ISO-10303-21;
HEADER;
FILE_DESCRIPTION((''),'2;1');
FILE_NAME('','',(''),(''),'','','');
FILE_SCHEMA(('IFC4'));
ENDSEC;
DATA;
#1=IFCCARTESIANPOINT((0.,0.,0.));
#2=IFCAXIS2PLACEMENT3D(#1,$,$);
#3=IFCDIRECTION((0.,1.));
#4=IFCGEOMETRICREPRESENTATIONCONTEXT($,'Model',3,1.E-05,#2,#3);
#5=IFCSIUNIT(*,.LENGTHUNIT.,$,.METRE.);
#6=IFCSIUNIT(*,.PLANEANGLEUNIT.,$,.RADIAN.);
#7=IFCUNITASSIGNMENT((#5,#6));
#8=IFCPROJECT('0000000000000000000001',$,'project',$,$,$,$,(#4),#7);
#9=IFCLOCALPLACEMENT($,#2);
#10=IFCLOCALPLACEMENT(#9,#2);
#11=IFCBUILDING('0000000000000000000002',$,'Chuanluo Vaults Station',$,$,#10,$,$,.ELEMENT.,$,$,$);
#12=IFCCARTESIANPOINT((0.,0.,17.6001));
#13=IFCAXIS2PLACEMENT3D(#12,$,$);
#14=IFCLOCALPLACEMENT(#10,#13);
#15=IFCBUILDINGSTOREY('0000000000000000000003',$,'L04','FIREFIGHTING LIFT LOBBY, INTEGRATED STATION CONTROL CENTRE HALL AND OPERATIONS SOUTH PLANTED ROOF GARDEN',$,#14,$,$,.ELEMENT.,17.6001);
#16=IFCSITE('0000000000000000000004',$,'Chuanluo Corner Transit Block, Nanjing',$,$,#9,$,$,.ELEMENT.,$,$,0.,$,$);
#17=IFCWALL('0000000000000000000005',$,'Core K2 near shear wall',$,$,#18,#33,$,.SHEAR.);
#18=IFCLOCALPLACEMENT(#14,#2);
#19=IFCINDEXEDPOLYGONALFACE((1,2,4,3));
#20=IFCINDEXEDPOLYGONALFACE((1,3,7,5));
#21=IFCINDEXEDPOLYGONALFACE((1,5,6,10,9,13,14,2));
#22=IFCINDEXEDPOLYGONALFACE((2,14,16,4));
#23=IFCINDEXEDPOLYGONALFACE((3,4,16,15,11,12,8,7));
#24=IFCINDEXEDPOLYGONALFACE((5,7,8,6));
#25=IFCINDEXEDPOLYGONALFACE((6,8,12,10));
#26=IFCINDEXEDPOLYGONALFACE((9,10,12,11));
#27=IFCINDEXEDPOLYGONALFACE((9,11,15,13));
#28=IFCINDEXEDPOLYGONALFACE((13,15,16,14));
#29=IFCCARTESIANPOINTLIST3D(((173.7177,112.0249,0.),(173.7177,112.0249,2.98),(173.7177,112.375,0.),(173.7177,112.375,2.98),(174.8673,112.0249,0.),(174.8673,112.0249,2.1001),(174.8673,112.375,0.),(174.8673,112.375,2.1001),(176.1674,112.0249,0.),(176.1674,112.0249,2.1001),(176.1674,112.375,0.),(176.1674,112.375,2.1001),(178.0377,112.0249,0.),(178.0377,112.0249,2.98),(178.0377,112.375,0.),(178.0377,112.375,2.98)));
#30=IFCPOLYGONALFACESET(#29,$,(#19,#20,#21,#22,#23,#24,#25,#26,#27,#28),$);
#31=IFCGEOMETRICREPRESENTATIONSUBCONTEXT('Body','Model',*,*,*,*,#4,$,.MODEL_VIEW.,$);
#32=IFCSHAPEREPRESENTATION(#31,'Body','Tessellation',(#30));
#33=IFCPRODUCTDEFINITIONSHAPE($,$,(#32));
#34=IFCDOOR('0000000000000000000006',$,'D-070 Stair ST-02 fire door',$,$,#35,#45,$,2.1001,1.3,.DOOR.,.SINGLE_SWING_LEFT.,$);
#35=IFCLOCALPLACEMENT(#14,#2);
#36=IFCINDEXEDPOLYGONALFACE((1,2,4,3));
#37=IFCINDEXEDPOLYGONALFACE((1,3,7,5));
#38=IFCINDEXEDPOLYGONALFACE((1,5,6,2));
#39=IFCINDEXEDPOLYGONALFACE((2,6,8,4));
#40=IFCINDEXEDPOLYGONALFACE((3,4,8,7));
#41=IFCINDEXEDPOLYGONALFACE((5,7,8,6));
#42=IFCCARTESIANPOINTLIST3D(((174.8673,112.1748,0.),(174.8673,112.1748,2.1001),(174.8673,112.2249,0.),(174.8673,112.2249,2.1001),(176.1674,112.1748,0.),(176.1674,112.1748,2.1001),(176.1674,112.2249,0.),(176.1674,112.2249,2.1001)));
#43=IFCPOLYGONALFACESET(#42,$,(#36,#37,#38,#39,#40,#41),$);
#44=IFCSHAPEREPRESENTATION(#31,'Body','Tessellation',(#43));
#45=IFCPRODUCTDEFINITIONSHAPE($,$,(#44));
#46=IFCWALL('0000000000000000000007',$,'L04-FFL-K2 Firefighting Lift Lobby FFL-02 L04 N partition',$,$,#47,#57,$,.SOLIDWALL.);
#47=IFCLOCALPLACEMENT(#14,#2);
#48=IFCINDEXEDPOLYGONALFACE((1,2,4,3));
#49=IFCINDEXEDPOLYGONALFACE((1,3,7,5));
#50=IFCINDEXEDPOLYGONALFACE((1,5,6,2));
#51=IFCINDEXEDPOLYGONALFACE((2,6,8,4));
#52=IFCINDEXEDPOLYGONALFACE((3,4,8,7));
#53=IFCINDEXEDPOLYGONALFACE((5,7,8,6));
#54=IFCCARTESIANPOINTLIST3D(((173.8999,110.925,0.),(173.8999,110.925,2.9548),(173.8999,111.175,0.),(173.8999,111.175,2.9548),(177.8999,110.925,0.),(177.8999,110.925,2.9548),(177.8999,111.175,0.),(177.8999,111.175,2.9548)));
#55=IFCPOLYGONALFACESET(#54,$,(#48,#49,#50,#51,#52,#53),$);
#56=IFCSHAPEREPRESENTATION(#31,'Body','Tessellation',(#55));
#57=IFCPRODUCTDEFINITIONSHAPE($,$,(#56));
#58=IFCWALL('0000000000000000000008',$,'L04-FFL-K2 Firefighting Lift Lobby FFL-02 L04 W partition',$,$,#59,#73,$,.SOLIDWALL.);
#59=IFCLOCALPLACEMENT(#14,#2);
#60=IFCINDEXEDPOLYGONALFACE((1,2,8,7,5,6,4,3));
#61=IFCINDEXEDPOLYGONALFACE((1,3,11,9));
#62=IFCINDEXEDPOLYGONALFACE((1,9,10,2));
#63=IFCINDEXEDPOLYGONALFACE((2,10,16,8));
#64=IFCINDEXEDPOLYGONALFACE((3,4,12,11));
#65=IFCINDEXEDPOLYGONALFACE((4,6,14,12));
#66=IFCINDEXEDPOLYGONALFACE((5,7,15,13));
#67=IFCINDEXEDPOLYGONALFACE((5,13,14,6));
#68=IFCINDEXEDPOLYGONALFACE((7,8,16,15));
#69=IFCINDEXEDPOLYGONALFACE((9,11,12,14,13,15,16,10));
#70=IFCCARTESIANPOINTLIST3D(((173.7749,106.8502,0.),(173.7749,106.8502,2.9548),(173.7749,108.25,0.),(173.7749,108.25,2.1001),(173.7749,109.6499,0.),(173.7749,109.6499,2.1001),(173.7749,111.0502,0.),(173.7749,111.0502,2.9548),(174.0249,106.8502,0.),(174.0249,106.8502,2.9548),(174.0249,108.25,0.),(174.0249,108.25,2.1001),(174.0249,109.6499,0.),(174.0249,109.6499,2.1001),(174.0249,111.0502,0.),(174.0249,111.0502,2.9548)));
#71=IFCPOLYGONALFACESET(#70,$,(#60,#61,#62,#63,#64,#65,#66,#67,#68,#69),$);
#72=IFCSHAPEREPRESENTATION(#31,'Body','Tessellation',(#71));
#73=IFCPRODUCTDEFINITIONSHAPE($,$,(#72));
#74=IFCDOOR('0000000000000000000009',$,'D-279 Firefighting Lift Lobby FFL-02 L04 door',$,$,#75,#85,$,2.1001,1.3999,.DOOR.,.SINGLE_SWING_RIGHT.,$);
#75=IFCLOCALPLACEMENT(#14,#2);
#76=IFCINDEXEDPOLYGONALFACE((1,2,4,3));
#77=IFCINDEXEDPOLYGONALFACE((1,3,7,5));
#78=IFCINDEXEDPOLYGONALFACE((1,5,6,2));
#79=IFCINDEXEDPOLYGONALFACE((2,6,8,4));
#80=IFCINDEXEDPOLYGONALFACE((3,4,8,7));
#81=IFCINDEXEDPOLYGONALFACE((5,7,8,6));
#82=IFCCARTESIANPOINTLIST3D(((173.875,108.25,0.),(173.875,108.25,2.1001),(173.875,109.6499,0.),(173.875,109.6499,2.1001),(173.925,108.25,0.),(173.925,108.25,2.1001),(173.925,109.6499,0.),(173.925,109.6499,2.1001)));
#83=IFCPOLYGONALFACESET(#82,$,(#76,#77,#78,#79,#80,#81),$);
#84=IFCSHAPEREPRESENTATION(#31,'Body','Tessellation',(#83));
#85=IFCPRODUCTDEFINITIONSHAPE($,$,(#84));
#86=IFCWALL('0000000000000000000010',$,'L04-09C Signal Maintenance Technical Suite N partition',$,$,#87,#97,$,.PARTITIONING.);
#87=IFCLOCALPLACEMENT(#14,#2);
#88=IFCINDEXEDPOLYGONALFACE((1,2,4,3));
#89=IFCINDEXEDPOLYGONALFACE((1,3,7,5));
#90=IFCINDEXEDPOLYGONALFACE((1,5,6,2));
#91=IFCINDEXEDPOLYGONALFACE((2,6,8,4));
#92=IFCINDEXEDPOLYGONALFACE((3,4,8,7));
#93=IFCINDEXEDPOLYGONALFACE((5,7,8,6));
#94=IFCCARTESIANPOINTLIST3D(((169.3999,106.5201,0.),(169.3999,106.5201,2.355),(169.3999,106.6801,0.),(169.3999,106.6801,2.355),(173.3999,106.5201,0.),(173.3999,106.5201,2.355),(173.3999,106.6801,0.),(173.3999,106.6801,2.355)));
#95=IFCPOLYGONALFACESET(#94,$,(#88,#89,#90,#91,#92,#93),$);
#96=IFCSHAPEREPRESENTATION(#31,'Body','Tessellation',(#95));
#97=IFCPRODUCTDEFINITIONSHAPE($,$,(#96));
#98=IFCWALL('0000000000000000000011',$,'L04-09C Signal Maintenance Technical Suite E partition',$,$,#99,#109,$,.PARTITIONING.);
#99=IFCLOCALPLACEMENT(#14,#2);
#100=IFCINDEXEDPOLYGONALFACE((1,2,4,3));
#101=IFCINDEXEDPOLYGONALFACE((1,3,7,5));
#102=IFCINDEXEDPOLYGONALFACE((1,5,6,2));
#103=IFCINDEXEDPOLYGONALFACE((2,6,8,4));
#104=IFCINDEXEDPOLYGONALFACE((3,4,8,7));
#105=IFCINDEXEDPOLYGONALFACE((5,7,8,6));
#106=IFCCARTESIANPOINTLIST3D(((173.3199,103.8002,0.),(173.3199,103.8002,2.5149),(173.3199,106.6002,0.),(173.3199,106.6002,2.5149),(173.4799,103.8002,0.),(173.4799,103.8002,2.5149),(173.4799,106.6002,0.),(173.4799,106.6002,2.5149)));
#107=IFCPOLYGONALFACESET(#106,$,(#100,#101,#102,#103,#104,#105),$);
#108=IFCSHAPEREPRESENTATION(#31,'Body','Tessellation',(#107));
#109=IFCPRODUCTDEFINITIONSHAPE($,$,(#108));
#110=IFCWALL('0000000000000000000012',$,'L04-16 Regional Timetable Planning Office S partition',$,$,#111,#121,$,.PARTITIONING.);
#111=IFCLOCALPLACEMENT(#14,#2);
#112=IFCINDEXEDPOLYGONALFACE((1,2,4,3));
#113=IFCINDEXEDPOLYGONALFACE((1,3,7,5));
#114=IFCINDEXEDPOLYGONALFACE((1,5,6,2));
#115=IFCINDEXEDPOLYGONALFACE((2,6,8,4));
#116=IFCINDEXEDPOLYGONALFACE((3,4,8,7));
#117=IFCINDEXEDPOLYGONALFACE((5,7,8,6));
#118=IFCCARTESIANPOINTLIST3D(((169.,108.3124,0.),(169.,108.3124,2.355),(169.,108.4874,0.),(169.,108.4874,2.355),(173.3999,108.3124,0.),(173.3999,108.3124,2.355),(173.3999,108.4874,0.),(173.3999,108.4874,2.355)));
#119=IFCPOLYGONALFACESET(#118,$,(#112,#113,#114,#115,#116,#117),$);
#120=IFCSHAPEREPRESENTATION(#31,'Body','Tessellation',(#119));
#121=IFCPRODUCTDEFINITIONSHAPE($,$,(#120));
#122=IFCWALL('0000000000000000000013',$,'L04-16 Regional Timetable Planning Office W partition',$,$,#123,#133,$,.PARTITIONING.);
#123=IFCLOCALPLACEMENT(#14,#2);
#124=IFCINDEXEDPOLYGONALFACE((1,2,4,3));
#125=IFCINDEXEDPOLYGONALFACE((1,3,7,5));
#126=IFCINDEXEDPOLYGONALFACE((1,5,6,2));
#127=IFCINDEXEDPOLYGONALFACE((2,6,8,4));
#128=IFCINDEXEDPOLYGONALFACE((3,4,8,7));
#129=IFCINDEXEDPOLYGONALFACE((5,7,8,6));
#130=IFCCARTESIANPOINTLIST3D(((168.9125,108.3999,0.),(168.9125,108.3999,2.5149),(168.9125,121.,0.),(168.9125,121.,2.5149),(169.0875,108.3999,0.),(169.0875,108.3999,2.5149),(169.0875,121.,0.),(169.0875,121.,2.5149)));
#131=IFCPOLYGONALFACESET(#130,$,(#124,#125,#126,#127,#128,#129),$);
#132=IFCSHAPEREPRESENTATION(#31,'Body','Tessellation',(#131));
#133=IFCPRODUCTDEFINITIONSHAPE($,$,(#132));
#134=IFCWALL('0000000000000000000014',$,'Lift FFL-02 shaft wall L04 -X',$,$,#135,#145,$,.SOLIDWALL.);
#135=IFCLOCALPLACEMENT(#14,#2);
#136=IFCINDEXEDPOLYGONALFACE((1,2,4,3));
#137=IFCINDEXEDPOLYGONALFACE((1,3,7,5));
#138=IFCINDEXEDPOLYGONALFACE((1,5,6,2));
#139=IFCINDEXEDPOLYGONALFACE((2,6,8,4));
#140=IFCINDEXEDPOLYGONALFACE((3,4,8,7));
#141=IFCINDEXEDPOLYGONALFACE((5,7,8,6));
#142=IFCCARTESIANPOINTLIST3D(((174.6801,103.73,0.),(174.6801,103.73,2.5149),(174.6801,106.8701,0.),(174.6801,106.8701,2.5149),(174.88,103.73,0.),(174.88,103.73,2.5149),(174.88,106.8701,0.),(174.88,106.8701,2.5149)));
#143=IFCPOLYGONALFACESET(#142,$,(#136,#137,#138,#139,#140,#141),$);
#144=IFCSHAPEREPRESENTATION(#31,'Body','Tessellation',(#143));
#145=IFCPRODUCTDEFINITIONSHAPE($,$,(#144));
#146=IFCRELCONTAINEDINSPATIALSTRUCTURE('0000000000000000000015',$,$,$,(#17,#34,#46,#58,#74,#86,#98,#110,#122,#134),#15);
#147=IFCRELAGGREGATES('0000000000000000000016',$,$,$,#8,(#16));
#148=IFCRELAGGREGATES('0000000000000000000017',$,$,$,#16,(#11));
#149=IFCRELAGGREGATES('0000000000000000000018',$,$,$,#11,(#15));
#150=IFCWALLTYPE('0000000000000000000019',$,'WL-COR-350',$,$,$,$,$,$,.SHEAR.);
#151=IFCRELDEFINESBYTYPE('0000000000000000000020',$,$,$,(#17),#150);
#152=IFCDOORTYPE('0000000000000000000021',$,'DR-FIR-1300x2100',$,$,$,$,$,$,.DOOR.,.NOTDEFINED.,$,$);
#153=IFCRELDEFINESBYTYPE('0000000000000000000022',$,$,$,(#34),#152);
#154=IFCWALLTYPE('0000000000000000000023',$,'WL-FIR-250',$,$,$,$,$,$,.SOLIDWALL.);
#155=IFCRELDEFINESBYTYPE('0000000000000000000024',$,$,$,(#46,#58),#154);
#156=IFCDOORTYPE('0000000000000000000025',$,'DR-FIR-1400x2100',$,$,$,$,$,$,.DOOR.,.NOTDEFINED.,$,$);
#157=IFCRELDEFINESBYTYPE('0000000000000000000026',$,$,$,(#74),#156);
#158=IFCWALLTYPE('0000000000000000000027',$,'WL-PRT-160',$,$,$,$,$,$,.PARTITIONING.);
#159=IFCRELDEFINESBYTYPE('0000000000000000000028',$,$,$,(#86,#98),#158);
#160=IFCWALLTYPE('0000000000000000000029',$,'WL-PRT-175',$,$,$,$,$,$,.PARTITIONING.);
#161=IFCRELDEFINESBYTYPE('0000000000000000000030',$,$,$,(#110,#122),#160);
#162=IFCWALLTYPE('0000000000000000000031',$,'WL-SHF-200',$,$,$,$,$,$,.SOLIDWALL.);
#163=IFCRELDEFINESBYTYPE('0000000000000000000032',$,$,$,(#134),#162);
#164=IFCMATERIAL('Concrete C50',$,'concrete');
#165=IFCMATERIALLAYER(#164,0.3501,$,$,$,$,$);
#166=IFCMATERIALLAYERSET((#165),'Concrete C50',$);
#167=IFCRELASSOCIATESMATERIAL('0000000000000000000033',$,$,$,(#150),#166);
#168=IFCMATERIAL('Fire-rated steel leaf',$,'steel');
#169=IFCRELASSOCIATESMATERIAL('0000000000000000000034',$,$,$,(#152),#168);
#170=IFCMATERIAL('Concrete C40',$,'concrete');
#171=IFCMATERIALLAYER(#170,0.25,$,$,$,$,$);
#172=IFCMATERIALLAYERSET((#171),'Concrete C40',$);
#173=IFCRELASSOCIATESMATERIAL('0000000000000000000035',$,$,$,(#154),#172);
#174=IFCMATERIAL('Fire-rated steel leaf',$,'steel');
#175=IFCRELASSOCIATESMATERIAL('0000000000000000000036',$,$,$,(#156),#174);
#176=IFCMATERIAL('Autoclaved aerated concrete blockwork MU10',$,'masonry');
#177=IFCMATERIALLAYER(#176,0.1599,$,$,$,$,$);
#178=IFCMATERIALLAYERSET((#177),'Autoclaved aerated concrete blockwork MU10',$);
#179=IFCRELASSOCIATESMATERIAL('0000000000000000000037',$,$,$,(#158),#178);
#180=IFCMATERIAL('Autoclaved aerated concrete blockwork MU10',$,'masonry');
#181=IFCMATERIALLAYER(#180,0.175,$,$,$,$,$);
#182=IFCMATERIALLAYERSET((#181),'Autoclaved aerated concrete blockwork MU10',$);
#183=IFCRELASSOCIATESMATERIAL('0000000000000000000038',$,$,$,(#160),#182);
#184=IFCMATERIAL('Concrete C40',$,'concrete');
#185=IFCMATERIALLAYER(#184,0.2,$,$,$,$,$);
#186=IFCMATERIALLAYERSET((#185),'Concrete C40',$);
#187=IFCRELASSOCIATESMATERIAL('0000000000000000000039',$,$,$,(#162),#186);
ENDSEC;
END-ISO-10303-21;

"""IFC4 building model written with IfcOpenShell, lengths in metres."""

from ifc_helpers import new_model, si_unit, direction, frame, frame_2d, origin, place, context, subcontext, project, spatial, rectangle, extrude, material, layer, layer_set, type_object, element, fill, save


model = new_model("IFC4")

# Units and contexts
model_context = context("Model", 3, precision=1e-05, world=origin(), true_north=direction((0.0, 1.0)))
body_context = subcontext(model_context, "Body", "Model", "MODEL_VIEW")
ifc_project = project(units=[si_unit("LENGTHUNIT", "METRE"), si_unit("PLANEANGLEUNIT", "RADIAN")], contexts=[model_context])

# Site, building, storey
site_placement = place(None, origin())
site = spatial("IfcSite", under=ifc_project, at=site_placement, Name="Chuanluo Corner Transit Block, Nanjing", CompositionType="ELEMENT", RefElevation=0.0)
building_placement = place(site_placement, origin())
building = spatial("IfcBuilding", under=site, at=building_placement, Name="Chuanluo Vaults Station", CompositionType="ELEMENT")
storey_placement = place(building_placement, frame((0.0, 0.0, 17.6001)))
storey = spatial("IfcBuildingStorey", under=building, at=storey_placement, Name="L04", Description="FIREFIGHTING LIFT LOBBY, INTEGRATED STATION CONTROL CENTRE HALL AND OPERATIONS SOUTH PLANTED ROOF GARDEN", CompositionType="ELEMENT", Elevation=17.6001)

# Shared definitions
ifc_material_1 = material(Name="Concrete C50", Category="concrete")
ifc_layer_1 = layer(ifc_material_1, 0.3501)
ifc_layer_set_1 = layer_set([ifc_layer_1], Name="Concrete C50")
wall_type_1 = type_object("IfcWallType", Name="WL-COR-350", PredefinedType="SHEAR", material=ifc_layer_set_1)

# Wall, opening, door
wall_1_placement = place(storey_placement, frame((173.7175, 112.2, 0.0), z_axis=(0.0, 0.0, 1.0), x_axis=(1.0, 0.0, 0.0)))
wall_1 = element("IfcWall", 1, at=wall_1_placement, inside=storey, type_object=wall_type_1, Name="Core K2 near shear wall", PredefinedType="SHEAR", context=body_context, shape_type="SweptSolid", body=[
    extrude(rectangle(XDim=4.3201, YDim=0.3501, at=frame_2d((2.1602, 0.0))), origin(), (0.0, 0.0, 1.0), 2.98),
])
opening_1_placement = place(wall_1_placement, frame((1.1499, 0.0, 0.0)))
opening_1 = element("IfcOpeningElement", 2, at=opening_1_placement, cuts=wall_1, PredefinedType="OPENING", context=body_context, shape_type="SweptSolid", body=[
    extrude(rectangle(XDim=1.3, YDim=2.1001, at=frame_2d((0.6499, 1.05))), frame((0.0, 0.185, 0.0), z_axis=(0.0, -1.0, 0.0), x_axis=(1.0, 0.0, 0.0)), (0.0, 0.0, 1.0), 0.3701),
])
ifc_material_2 = material(Name="Fire-rated steel leaf", Category="steel")
door_type_1 = type_object("IfcDoorType", Name="DR-FIR-1300x2100", OperationType="NOTDEFINED", PredefinedType="DOOR", material=ifc_material_2)
door_1_placement = place(opening_1_placement, origin())
door_1 = element("IfcDoor", 3, at=door_1_placement, inside=storey, type_object=door_type_1, Name="D-070 Stair ST-02 fire door", OperationType="SINGLE_SWING_LEFT", OverallHeight=2.1001, OverallWidth=1.3, PredefinedType="DOOR", context=body_context, shape_type="SweptSolid", body=[
    extrude(rectangle(XDim=1.3, YDim=2.1001, at=frame_2d((0.6499, 1.05))), frame((0.0, 0.0249, 0.0), z_axis=(0.0, -1.0, 0.0), x_axis=(1.0, 0.0, 0.0)), (0.0, 0.0, 1.0), 0.05),
])
fill(opening_1, door_1)

# Wall
ifc_material_3 = material(Name="Concrete C40", Category="concrete")
ifc_layer_2 = layer(ifc_material_3, 0.25)
ifc_layer_set_2 = layer_set([ifc_layer_2], Name="Concrete C40")
wall_type_2 = type_object("IfcWallType", Name="WL-FIR-250", PredefinedType="SOLIDWALL", material=ifc_layer_set_2)
wall_2_placement = place(storey_placement, frame((173.8999, 111.05, 0.0), z_axis=(0.0, 0.0, 1.0), x_axis=(1.0, 0.0, 0.0)))
element("IfcWall", 4, at=wall_2_placement, inside=storey, type_object=wall_type_2, Name="L04-FFL-K2 Firefighting Lift Lobby FFL-02 L04 N partition", PredefinedType="SOLIDWALL", context=body_context, shape_type="SweptSolid", body=[
    extrude(rectangle(XDim=4.0, YDim=0.25, at=frame_2d((2.0, 0.0))), origin(), (0.0, 0.0, 1.0), 2.9548),
])

# Wall, opening, door
wall_3_placement = place(storey_placement, frame((173.8999, 106.8501, 0.0), z_axis=(0.0, 0.0, 1.0), x_axis=(0.0, 1.0, 0.0)))
wall_3 = element("IfcWall", 5, at=wall_3_placement, inside=storey, type_object=wall_type_2, Name="L04-FFL-K2 Firefighting Lift Lobby FFL-02 L04 W partition", PredefinedType="SOLIDWALL", context=body_context, shape_type="SweptSolid", body=[
    extrude(rectangle(XDim=4.2, YDim=0.25, at=frame_2d((2.1001, 0.0))), origin(), (0.0, 0.0, 1.0), 2.9548),
])
opening_2_placement = place(wall_3_placement, frame((1.3999, 0.0, 0.0)))
opening_2 = element("IfcOpeningElement", 6, at=opening_2_placement, cuts=wall_3, PredefinedType="OPENING", context=body_context, shape_type="SweptSolid", body=[
    extrude(rectangle(XDim=1.3999, YDim=2.1001, at=frame_2d((0.7, 1.05))), frame((0.0, 0.135, 0.0), z_axis=(0.0, -1.0, 0.0), x_axis=(1.0, 0.0, 0.0)), (0.0, 0.0, 1.0), 0.27),
])
ifc_material_4 = material(Name="Fire-rated steel leaf", Category="steel")
door_type_2 = type_object("IfcDoorType", Name="DR-FIR-1400x2100", OperationType="NOTDEFINED", PredefinedType="DOOR", material=ifc_material_4)
door_2_placement = place(opening_2_placement, origin())
door_2 = element("IfcDoor", 7, at=door_2_placement, inside=storey, type_object=door_type_2, Name="D-279 Firefighting Lift Lobby FFL-02 L04 door", OperationType="SINGLE_SWING_RIGHT", OverallHeight=2.1001, OverallWidth=1.3999, PredefinedType="DOOR", context=body_context, shape_type="SweptSolid", body=[
    extrude(rectangle(XDim=1.3999, YDim=2.1001, at=frame_2d((0.7, 1.05))), frame((0.0, 0.0249, 0.0), z_axis=(0.0, -1.0, 0.0), x_axis=(1.0, 0.0, 0.0)), (0.0, 0.0, 1.0), 0.05),
])
fill(opening_2, door_2)

# Walls
ifc_material_5 = material(Name="Autoclaved aerated concrete blockwork MU10", Category="masonry")
ifc_layer_3 = layer(ifc_material_5, 0.1599)
ifc_layer_set_3 = layer_set([ifc_layer_3], Name="Autoclaved aerated concrete blockwork MU10")
wall_type_3 = type_object("IfcWallType", Name="WL-PRT-160", PredefinedType="PARTITIONING", material=ifc_layer_set_3)
wall_4_placement = place(storey_placement, frame((169.3999, 106.6001, 0.0), z_axis=(0.0, 0.0, 1.0), x_axis=(1.0, 0.0, 0.0)))
element("IfcWall", 8, at=wall_4_placement, inside=storey, type_object=wall_type_3, Name="L04-09C Signal Maintenance Technical Suite N partition", PredefinedType="PARTITIONING", context=body_context, shape_type="SweptSolid", body=[
    extrude(rectangle(XDim=4.0, YDim=0.1599, at=frame_2d((2.0, 0.0))), origin(), (0.0, 0.0, 1.0), 2.355),
])
wall_5_placement = place(storey_placement, frame((173.3999, 106.6001, 0.0), z_axis=(0.0, 0.0, 1.0), x_axis=(0.0, -1.0, 0.0)))
element("IfcWall", 9, at=wall_5_placement, inside=storey, type_object=wall_type_3, Name="L04-09C Signal Maintenance Technical Suite E partition", PredefinedType="PARTITIONING", context=body_context, shape_type="SweptSolid", body=[
    extrude(rectangle(XDim=2.8, YDim=0.1599, at=frame_2d((1.3999, 0.0))), origin(), (0.0, 0.0, 1.0), 2.5149),
])
ifc_material_6 = material(Name="Autoclaved aerated concrete blockwork MU10", Category="masonry")
ifc_layer_4 = layer(ifc_material_6, 0.175)
ifc_layer_set_4 = layer_set([ifc_layer_4], Name="Autoclaved aerated concrete blockwork MU10")
wall_type_4 = type_object("IfcWallType", Name="WL-PRT-175", PredefinedType="PARTITIONING", material=ifc_layer_set_4)
wall_6_placement = place(storey_placement, frame((173.3999, 108.3999, 0.0), z_axis=(0.0, 0.0, 1.0), x_axis=(-1.0, 0.0, 0.0)))
element("IfcWall", 10, at=wall_6_placement, inside=storey, type_object=wall_type_4, Name="L04-16 Regional Timetable Planning Office S partition", PredefinedType="PARTITIONING", context=body_context, shape_type="SweptSolid", body=[
    extrude(rectangle(XDim=4.3999, YDim=0.175, at=frame_2d((2.2, 0.0))), origin(), (0.0, 0.0, 1.0), 2.355),
])
wall_7_placement = place(storey_placement, frame((169.0, 108.3999, 0.0), z_axis=(0.0, 0.0, 1.0), x_axis=(0.0, 1.0, 0.0)))
element("IfcWall", 11, at=wall_7_placement, inside=storey, type_object=wall_type_4, Name="L04-16 Regional Timetable Planning Office W partition", PredefinedType="PARTITIONING", context=body_context, shape_type="SweptSolid", body=[
    extrude(rectangle(XDim=12.6001, YDim=0.175, at=frame_2d((6.3, 0.0))), origin(), (0.0, 0.0, 1.0), 2.5149),
])

# Shared definitions
ifc_material_7 = material(Name="Concrete C40", Category="concrete")
ifc_layer_5 = layer(ifc_material_7, 0.2)
ifc_layer_set_5 = layer_set([ifc_layer_5], Name="Concrete C40")
wall_type_5 = type_object("IfcWallType", Name="WL-SHF-200", PredefinedType="SOLIDWALL", material=ifc_layer_set_5)

# Wall
wall_8_placement = place(storey_placement, frame((174.78, 106.8701, 0.0), z_axis=(0.0, 0.0, 1.0), x_axis=(0.0, -1.0, 0.0)))
element("IfcWall", 12, at=wall_8_placement, inside=storey, type_object=wall_type_5, Name="Lift FFL-02 shaft wall L04 -X", PredefinedType="SOLIDWALL", context=body_context, shape_type="SweptSolid", body=[
    extrude(rectangle(XDim=3.1401, YDim=0.2, at=frame_2d((1.5701, 0.0))), origin(), (0.0, 0.0, 1.0), 2.5149),
])

save(model, "model.ifc")
